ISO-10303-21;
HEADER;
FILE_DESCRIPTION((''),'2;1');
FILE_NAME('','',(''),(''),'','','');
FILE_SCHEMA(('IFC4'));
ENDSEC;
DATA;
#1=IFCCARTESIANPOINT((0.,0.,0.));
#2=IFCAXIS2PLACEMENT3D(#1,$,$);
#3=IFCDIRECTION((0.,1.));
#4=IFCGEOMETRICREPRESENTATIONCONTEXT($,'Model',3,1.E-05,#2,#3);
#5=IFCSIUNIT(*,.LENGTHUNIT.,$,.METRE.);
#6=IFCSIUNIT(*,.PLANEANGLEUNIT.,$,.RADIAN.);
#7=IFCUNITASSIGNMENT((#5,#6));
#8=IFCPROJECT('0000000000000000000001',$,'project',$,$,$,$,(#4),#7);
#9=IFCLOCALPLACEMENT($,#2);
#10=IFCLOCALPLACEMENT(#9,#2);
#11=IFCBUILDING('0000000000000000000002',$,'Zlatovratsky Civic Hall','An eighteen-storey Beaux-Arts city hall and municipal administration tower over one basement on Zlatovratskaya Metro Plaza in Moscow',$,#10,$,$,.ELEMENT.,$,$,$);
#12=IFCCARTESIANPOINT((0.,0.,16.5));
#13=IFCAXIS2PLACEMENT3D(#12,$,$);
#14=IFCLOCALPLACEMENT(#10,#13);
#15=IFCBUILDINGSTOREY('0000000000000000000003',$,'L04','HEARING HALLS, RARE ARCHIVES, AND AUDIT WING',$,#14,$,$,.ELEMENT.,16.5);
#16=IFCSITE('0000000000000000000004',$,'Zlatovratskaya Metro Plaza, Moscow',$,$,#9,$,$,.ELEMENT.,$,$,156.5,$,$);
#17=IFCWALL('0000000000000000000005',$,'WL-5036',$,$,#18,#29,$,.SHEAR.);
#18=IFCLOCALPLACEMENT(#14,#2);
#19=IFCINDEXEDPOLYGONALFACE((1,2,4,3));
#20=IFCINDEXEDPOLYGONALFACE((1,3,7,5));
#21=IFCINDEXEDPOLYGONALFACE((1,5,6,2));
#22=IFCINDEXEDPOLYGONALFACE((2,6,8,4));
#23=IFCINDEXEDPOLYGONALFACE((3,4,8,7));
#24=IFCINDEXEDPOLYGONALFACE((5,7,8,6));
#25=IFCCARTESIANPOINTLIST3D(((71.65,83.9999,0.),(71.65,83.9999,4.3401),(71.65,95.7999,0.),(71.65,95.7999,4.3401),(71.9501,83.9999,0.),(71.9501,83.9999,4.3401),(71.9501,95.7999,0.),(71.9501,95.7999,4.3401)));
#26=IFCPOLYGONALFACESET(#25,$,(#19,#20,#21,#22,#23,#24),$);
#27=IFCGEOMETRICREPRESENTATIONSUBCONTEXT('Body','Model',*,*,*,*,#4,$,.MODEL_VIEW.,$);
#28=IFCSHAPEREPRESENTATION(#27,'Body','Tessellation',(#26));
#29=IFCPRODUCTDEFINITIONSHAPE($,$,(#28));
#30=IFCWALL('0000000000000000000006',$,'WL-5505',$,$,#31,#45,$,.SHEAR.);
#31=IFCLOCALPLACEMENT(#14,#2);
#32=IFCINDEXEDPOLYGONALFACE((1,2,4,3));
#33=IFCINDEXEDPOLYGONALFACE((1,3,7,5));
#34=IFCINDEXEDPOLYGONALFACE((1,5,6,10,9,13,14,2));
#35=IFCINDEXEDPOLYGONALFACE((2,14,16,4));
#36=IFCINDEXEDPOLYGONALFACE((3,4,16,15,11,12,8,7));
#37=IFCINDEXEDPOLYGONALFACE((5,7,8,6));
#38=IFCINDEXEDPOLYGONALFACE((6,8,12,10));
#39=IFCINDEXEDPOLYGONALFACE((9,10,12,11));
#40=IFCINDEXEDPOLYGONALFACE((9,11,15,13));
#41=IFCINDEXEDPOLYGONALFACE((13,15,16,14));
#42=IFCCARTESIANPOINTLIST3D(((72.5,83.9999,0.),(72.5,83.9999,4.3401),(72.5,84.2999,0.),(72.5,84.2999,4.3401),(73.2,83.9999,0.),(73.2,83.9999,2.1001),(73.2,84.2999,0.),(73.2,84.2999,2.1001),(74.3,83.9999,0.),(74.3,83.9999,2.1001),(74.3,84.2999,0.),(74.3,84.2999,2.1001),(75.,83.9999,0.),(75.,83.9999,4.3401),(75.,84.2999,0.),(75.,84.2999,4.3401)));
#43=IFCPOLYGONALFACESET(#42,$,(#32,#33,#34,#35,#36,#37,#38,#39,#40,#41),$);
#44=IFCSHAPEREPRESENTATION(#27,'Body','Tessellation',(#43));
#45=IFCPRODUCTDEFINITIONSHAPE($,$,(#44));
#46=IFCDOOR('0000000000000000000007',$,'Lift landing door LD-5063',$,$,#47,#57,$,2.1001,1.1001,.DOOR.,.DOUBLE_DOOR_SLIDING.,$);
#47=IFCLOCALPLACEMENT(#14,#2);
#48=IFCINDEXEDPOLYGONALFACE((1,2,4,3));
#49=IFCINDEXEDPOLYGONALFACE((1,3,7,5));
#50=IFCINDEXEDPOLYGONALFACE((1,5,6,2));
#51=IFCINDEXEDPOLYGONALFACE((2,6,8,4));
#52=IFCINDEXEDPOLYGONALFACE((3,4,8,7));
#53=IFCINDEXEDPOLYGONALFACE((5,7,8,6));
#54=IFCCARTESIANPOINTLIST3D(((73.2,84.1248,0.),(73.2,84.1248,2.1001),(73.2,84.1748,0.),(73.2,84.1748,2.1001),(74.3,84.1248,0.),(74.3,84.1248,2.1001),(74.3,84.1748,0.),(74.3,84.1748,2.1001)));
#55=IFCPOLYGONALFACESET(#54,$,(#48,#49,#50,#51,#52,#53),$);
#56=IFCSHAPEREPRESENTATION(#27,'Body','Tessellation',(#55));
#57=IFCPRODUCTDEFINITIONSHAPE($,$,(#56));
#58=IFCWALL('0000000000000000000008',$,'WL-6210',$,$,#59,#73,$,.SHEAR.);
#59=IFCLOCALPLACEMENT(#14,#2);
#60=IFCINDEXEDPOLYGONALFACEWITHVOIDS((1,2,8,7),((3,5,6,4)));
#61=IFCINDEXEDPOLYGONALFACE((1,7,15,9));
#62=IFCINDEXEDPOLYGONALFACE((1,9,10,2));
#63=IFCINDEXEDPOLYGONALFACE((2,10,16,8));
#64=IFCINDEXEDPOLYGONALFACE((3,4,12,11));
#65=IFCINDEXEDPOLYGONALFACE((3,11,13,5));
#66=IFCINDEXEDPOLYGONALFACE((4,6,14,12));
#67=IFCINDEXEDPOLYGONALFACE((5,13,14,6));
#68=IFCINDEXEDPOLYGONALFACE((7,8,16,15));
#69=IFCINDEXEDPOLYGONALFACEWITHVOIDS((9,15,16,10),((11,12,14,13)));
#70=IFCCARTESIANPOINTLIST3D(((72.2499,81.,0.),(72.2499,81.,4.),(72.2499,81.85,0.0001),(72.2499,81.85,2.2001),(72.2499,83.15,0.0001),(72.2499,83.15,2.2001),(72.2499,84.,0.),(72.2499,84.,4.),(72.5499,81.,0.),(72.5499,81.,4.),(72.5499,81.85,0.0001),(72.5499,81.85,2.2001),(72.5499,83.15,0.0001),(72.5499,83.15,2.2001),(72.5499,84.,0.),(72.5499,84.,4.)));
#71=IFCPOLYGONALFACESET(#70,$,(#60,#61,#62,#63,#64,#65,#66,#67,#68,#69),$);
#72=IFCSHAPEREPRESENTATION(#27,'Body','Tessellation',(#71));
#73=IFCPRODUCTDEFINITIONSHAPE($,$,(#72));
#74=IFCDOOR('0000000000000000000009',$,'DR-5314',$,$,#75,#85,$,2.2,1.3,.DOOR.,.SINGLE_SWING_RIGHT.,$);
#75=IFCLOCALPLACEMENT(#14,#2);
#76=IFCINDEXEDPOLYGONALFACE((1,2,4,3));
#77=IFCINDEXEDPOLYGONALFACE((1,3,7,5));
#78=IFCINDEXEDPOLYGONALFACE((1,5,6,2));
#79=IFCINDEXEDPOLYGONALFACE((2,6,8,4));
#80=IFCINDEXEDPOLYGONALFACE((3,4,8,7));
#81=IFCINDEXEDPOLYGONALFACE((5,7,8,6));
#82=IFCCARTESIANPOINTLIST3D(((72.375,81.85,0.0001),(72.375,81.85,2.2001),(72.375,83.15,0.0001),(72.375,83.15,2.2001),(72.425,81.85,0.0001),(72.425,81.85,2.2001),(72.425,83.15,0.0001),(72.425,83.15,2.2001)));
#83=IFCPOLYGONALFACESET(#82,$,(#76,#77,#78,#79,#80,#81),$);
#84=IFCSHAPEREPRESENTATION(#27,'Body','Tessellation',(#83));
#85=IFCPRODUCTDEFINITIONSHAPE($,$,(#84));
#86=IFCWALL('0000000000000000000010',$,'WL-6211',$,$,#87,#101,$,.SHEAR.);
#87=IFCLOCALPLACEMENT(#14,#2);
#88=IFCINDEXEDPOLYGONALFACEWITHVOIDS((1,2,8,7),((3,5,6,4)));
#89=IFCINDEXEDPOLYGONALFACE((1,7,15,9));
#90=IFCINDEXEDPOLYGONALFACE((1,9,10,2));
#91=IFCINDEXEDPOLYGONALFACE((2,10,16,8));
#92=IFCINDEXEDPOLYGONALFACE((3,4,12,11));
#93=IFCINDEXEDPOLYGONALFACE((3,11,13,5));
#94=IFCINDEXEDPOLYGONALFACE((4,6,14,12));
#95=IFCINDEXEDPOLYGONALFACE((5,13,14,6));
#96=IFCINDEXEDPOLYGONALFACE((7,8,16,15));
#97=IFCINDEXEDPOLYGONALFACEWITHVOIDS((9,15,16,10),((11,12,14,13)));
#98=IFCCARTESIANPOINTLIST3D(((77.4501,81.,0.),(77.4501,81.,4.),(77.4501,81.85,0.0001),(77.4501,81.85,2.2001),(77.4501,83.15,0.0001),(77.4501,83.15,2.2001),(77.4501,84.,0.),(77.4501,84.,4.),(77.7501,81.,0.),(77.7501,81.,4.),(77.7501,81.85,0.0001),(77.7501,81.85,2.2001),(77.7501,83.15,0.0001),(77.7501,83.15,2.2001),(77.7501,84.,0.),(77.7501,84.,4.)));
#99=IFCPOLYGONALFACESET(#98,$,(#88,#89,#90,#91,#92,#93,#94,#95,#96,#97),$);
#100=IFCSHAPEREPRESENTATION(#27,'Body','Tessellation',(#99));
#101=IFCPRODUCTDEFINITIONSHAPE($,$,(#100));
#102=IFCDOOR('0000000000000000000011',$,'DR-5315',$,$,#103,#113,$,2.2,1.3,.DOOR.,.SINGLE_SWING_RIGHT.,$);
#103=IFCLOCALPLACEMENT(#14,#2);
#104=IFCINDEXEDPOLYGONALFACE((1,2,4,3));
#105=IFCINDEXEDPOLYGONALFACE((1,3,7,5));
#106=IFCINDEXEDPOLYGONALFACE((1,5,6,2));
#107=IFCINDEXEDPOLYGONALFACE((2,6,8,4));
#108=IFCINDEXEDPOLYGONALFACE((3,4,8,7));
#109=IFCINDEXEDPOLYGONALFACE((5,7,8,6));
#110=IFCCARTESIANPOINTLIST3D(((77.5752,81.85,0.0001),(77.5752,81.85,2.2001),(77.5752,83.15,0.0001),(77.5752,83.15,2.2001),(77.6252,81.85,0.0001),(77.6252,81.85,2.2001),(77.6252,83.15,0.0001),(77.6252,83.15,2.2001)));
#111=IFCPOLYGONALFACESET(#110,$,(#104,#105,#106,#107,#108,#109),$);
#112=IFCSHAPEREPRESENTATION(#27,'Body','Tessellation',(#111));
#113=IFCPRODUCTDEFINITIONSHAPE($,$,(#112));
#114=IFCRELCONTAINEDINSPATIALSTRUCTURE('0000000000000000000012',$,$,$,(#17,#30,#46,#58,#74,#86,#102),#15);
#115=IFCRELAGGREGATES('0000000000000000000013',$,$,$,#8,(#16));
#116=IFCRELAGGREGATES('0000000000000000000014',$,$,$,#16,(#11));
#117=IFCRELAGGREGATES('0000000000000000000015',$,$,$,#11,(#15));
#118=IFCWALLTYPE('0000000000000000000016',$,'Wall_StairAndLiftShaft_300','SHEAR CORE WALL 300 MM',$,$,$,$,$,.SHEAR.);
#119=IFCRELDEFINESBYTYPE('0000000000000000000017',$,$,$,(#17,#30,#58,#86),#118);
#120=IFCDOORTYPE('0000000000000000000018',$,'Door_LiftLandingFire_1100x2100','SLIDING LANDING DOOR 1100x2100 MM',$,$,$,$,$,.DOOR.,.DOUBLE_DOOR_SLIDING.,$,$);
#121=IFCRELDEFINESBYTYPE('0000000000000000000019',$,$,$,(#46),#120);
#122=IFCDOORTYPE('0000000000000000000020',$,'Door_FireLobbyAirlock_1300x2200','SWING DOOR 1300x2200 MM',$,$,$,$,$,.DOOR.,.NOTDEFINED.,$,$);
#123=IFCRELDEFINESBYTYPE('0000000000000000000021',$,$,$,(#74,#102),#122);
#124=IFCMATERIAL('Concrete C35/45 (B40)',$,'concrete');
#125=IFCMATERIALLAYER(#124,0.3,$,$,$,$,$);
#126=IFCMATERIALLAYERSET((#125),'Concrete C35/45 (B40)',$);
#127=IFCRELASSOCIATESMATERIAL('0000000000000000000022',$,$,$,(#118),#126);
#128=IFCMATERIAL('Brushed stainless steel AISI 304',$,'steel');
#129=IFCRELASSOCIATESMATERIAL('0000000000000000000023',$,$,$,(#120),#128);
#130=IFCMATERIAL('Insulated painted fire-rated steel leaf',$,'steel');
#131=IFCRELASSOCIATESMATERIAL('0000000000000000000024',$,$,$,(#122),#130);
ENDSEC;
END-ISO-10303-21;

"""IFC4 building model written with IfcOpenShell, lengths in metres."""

from ifc_helpers import new_model, si_unit, direction, frame, frame_2d, origin, place, context, subcontext, project, spatial, rectangle, extrude, material, layer, layer_set, type_object, element, fill, save


model = new_model("IFC4")

# Units and contexts
model_context = context("Model", 3, precision=1e-05, world=origin(), true_north=direction((0.0, 1.0)))
body_context = subcontext(model_context, "Body", "Model", "MODEL_VIEW")
ifc_project = project(units=[si_unit("LENGTHUNIT", "METRE"), si_unit("PLANEANGLEUNIT", "RADIAN")], contexts=[model_context])

# Site, building, storey
site_placement = place(None, origin())
site = spatial("IfcSite", under=ifc_project, at=site_placement, Name="Zlatovratskaya Metro Plaza, Moscow", CompositionType="ELEMENT", RefElevation=156.5)
building_placement = place(site_placement, origin())
building = spatial("IfcBuilding", under=site, at=building_placement, Name="Zlatovratsky Civic Hall", Description="An eighteen-storey Beaux-Arts city hall and municipal administration tower over one basement on Zlatovratskaya Metro Plaza in Moscow", CompositionType="ELEMENT")
storey_placement = place(building_placement, frame((0.0, 0.0, 16.5)))
storey = spatial("IfcBuildingStorey", under=building, at=storey_placement, Name="L04", Description="HEARING HALLS, RARE ARCHIVES, AND AUDIT WING", CompositionType="ELEMENT", Elevation=16.5)

# Shared definitions
ifc_material_1 = material(Name="Concrete C35/45 (B40)", Category="concrete")

# Shared definitions
ifc_layer = layer(ifc_material_1, 0.3)
ifc_layer_set = layer_set([ifc_layer], Name="Concrete C35/45 (B40)")
wall_type = type_object("IfcWallType", Name="Wall_StairAndLiftShaft_300", Description="SHEAR CORE WALL 300 MM", PredefinedType="SHEAR", material=ifc_layer_set)
ifc_material_2 = material(Name="Insulated painted fire-rated steel leaf", Category="steel")

# Wall
for number, where, z_axis, x_axis, name in (
    (1, (71.8, 84.0, 0.0), (0.0, 0.0, 1.0), (0.0, 1.0, 0.0), "WL-5036"),
):
    element("IfcWall", number, at=place(storey_placement, frame(where, z_axis=z_axis, x_axis=x_axis)), inside=storey, type_object=wall_type, Name=name, PredefinedType="SHEAR", context=body_context, shape_type="SweptSolid", body=[
        extrude(rectangle(XDim=11.8, YDim=0.3, at=frame_2d((5.8999, 0.0))), origin(), (0.0, 0.0, 1.0), 4.3401),
    ])

# Walls, openings, doors
wall_1_placement = place(storey_placement, frame((72.5, 84.1499, 0.0), z_axis=(0.0, 0.0, 1.0), x_axis=(1.0, 0.0, 0.0)))
wall_1 = element("IfcWall", 2, at=wall_1_placement, inside=storey, type_object=wall_type, Name="WL-5505", PredefinedType="SHEAR", context=body_context, shape_type="SweptSolid", body=[
    extrude(rectangle(XDim=2.5, YDim=0.3, at=frame_2d((1.25, 0.0))), origin(), (0.0, 0.0, 1.0), 4.3401),
])
opening_1_placement = place(wall_1_placement, frame((0.7, 0.0, 0.0)))
opening_1 = element("IfcOpeningElement", 3, at=opening_1_placement, cuts=wall_1, PredefinedType="OPENING", context=body_context, shape_type="SweptSolid", body=[
    extrude(rectangle(XDim=1.1001, YDim=2.1001, at=frame_2d((0.55, 1.05))), frame((0.0, 0.165, 0.0), z_axis=(0.0, -1.0, 0.0), x_axis=(1.0, 0.0, 0.0)), (0.0, 0.0, 1.0), 0.3298),
])
ifc_material_3 = material(Name="Brushed stainless steel AISI 304", Category="steel")
door_type_1 = type_object("IfcDoorType", Name="Door_LiftLandingFire_1100x2100", Description="SLIDING LANDING DOOR 1100x2100 MM", OperationType="DOUBLE_DOOR_SLIDING", PredefinedType="DOOR", material=ifc_material_3)
door_1_placement = place(opening_1_placement, origin())
door_1 = element("IfcDoor", 4, at=door_1_placement, inside=storey, type_object=door_type_1, Name="Lift landing door LD-5063", OperationType="DOUBLE_DOOR_SLIDING", OverallHeight=2.1001, OverallWidth=1.1001, PredefinedType="DOOR", context=body_context, shape_type="SweptSolid", body=[
    extrude(rectangle(XDim=1.1001, YDim=2.1001, at=frame_2d((0.55, 1.05))), frame((0.0, 0.0249, 0.0), z_axis=(0.0, -1.0, 0.0), x_axis=(1.0, 0.0, 0.0)), (0.0, 0.0, 1.0), 0.05),
])
fill(opening_1, door_1)
wall_2_placement = place(storey_placement, frame((72.3999, 81.0, 0.0), z_axis=(0.0, 0.0, 1.0), x_axis=(0.0, 1.0, 0.0)))
wall_2 = element("IfcWall", 5, at=wall_2_placement, inside=storey, type_object=wall_type, Name="WL-6210", PredefinedType="SHEAR", context=body_context, shape_type="SweptSolid", body=[
    extrude(rectangle(XDim=3.0, YDim=0.3, at=frame_2d((1.5, 0.0))), origin(), (0.0, 0.0, 1.0), 4.0),
])
opening_2_placement = place(wall_2_placement, frame((0.8501, 0.0, 0.0)))
opening_2 = element("IfcOpeningElement", 6, at=opening_2_placement, cuts=wall_2, PredefinedType="OPENING", context=body_context, shape_type="SweptSolid", body=[
    extrude(rectangle(XDim=1.3, YDim=2.2, at=frame_2d((0.6499, 1.1001))), frame((0.0, 0.165, 0.0), z_axis=(0.0, -1.0, 0.0), x_axis=(1.0, 0.0, 0.0)), (0.0, 0.0, 1.0), 0.3298),
])
door_type_2 = type_object("IfcDoorType", Name="Door_FireLobbyAirlock_1300x2200", Description="SWING DOOR 1300x2200 MM", OperationType="NOTDEFINED", PredefinedType="DOOR", material=ifc_material_2)
door_2_placement = place(opening_2_placement, origin())
door_2 = element("IfcDoor", 7, at=door_2_placement, inside=storey, type_object=door_type_2, Name="DR-5314", OperationType="SINGLE_SWING_RIGHT", OverallHeight=2.2, OverallWidth=1.3, PredefinedType="DOOR", context=body_context, shape_type="SweptSolid", body=[
    extrude(rectangle(XDim=1.3, YDim=2.2, at=frame_2d((0.6499, 1.1001))), frame((0.0, 0.0249, 0.0), z_axis=(0.0, -1.0, 0.0), x_axis=(1.0, 0.0, 0.0)), (0.0, 0.0, 1.0), 0.05),
])
fill(opening_2, door_2)
wall_3_placement = place(storey_placement, frame((77.6001, 81.0, 0.0), z_axis=(0.0, 0.0, 1.0), x_axis=(0.0, 1.0, 0.0)))
wall_3 = element("IfcWall", 8, at=wall_3_placement, inside=storey, type_object=wall_type, Name="WL-6211", PredefinedType="SHEAR", context=body_context, shape_type="SweptSolid", body=[
    extrude(rectangle(XDim=3.0, YDim=0.3, at=frame_2d((1.5, 0.0))), origin(), (0.0, 0.0, 1.0), 4.0),
])
opening_3_placement = place(wall_3_placement, frame((0.8501, 0.0, 0.0)))
opening_3 = element("IfcOpeningElement", 9, at=opening_3_placement, cuts=wall_3, PredefinedType="OPENING", context=body_context, shape_type="SweptSolid", body=[
    extrude(rectangle(XDim=1.3, YDim=2.2, at=frame_2d((0.6499, 1.1001))), frame((0.0, 0.165, 0.0), z_axis=(0.0, -1.0, 0.0), x_axis=(1.0, 0.0, 0.0)), (0.0, 0.0, 1.0), 0.3298),
])
door_3_placement = place(opening_3_placement, origin())
door_3 = element("IfcDoor", 10, at=door_3_placement, inside=storey, type_object=door_type_2, Name="DR-5315", OperationType="SINGLE_SWING_RIGHT", OverallHeight=2.2, OverallWidth=1.3, PredefinedType="DOOR", context=body_context, shape_type="SweptSolid", body=[
    extrude(rectangle(XDim=1.3, YDim=2.2, at=frame_2d((0.6499, 1.1001))), frame((0.0, 0.0249, 0.0), z_axis=(0.0, -1.0, 0.0), x_axis=(1.0, 0.0, 0.0)), (0.0, 0.0, 1.0), 0.05),
])
fill(opening_3, door_3)

save(model, "model.ifc")
